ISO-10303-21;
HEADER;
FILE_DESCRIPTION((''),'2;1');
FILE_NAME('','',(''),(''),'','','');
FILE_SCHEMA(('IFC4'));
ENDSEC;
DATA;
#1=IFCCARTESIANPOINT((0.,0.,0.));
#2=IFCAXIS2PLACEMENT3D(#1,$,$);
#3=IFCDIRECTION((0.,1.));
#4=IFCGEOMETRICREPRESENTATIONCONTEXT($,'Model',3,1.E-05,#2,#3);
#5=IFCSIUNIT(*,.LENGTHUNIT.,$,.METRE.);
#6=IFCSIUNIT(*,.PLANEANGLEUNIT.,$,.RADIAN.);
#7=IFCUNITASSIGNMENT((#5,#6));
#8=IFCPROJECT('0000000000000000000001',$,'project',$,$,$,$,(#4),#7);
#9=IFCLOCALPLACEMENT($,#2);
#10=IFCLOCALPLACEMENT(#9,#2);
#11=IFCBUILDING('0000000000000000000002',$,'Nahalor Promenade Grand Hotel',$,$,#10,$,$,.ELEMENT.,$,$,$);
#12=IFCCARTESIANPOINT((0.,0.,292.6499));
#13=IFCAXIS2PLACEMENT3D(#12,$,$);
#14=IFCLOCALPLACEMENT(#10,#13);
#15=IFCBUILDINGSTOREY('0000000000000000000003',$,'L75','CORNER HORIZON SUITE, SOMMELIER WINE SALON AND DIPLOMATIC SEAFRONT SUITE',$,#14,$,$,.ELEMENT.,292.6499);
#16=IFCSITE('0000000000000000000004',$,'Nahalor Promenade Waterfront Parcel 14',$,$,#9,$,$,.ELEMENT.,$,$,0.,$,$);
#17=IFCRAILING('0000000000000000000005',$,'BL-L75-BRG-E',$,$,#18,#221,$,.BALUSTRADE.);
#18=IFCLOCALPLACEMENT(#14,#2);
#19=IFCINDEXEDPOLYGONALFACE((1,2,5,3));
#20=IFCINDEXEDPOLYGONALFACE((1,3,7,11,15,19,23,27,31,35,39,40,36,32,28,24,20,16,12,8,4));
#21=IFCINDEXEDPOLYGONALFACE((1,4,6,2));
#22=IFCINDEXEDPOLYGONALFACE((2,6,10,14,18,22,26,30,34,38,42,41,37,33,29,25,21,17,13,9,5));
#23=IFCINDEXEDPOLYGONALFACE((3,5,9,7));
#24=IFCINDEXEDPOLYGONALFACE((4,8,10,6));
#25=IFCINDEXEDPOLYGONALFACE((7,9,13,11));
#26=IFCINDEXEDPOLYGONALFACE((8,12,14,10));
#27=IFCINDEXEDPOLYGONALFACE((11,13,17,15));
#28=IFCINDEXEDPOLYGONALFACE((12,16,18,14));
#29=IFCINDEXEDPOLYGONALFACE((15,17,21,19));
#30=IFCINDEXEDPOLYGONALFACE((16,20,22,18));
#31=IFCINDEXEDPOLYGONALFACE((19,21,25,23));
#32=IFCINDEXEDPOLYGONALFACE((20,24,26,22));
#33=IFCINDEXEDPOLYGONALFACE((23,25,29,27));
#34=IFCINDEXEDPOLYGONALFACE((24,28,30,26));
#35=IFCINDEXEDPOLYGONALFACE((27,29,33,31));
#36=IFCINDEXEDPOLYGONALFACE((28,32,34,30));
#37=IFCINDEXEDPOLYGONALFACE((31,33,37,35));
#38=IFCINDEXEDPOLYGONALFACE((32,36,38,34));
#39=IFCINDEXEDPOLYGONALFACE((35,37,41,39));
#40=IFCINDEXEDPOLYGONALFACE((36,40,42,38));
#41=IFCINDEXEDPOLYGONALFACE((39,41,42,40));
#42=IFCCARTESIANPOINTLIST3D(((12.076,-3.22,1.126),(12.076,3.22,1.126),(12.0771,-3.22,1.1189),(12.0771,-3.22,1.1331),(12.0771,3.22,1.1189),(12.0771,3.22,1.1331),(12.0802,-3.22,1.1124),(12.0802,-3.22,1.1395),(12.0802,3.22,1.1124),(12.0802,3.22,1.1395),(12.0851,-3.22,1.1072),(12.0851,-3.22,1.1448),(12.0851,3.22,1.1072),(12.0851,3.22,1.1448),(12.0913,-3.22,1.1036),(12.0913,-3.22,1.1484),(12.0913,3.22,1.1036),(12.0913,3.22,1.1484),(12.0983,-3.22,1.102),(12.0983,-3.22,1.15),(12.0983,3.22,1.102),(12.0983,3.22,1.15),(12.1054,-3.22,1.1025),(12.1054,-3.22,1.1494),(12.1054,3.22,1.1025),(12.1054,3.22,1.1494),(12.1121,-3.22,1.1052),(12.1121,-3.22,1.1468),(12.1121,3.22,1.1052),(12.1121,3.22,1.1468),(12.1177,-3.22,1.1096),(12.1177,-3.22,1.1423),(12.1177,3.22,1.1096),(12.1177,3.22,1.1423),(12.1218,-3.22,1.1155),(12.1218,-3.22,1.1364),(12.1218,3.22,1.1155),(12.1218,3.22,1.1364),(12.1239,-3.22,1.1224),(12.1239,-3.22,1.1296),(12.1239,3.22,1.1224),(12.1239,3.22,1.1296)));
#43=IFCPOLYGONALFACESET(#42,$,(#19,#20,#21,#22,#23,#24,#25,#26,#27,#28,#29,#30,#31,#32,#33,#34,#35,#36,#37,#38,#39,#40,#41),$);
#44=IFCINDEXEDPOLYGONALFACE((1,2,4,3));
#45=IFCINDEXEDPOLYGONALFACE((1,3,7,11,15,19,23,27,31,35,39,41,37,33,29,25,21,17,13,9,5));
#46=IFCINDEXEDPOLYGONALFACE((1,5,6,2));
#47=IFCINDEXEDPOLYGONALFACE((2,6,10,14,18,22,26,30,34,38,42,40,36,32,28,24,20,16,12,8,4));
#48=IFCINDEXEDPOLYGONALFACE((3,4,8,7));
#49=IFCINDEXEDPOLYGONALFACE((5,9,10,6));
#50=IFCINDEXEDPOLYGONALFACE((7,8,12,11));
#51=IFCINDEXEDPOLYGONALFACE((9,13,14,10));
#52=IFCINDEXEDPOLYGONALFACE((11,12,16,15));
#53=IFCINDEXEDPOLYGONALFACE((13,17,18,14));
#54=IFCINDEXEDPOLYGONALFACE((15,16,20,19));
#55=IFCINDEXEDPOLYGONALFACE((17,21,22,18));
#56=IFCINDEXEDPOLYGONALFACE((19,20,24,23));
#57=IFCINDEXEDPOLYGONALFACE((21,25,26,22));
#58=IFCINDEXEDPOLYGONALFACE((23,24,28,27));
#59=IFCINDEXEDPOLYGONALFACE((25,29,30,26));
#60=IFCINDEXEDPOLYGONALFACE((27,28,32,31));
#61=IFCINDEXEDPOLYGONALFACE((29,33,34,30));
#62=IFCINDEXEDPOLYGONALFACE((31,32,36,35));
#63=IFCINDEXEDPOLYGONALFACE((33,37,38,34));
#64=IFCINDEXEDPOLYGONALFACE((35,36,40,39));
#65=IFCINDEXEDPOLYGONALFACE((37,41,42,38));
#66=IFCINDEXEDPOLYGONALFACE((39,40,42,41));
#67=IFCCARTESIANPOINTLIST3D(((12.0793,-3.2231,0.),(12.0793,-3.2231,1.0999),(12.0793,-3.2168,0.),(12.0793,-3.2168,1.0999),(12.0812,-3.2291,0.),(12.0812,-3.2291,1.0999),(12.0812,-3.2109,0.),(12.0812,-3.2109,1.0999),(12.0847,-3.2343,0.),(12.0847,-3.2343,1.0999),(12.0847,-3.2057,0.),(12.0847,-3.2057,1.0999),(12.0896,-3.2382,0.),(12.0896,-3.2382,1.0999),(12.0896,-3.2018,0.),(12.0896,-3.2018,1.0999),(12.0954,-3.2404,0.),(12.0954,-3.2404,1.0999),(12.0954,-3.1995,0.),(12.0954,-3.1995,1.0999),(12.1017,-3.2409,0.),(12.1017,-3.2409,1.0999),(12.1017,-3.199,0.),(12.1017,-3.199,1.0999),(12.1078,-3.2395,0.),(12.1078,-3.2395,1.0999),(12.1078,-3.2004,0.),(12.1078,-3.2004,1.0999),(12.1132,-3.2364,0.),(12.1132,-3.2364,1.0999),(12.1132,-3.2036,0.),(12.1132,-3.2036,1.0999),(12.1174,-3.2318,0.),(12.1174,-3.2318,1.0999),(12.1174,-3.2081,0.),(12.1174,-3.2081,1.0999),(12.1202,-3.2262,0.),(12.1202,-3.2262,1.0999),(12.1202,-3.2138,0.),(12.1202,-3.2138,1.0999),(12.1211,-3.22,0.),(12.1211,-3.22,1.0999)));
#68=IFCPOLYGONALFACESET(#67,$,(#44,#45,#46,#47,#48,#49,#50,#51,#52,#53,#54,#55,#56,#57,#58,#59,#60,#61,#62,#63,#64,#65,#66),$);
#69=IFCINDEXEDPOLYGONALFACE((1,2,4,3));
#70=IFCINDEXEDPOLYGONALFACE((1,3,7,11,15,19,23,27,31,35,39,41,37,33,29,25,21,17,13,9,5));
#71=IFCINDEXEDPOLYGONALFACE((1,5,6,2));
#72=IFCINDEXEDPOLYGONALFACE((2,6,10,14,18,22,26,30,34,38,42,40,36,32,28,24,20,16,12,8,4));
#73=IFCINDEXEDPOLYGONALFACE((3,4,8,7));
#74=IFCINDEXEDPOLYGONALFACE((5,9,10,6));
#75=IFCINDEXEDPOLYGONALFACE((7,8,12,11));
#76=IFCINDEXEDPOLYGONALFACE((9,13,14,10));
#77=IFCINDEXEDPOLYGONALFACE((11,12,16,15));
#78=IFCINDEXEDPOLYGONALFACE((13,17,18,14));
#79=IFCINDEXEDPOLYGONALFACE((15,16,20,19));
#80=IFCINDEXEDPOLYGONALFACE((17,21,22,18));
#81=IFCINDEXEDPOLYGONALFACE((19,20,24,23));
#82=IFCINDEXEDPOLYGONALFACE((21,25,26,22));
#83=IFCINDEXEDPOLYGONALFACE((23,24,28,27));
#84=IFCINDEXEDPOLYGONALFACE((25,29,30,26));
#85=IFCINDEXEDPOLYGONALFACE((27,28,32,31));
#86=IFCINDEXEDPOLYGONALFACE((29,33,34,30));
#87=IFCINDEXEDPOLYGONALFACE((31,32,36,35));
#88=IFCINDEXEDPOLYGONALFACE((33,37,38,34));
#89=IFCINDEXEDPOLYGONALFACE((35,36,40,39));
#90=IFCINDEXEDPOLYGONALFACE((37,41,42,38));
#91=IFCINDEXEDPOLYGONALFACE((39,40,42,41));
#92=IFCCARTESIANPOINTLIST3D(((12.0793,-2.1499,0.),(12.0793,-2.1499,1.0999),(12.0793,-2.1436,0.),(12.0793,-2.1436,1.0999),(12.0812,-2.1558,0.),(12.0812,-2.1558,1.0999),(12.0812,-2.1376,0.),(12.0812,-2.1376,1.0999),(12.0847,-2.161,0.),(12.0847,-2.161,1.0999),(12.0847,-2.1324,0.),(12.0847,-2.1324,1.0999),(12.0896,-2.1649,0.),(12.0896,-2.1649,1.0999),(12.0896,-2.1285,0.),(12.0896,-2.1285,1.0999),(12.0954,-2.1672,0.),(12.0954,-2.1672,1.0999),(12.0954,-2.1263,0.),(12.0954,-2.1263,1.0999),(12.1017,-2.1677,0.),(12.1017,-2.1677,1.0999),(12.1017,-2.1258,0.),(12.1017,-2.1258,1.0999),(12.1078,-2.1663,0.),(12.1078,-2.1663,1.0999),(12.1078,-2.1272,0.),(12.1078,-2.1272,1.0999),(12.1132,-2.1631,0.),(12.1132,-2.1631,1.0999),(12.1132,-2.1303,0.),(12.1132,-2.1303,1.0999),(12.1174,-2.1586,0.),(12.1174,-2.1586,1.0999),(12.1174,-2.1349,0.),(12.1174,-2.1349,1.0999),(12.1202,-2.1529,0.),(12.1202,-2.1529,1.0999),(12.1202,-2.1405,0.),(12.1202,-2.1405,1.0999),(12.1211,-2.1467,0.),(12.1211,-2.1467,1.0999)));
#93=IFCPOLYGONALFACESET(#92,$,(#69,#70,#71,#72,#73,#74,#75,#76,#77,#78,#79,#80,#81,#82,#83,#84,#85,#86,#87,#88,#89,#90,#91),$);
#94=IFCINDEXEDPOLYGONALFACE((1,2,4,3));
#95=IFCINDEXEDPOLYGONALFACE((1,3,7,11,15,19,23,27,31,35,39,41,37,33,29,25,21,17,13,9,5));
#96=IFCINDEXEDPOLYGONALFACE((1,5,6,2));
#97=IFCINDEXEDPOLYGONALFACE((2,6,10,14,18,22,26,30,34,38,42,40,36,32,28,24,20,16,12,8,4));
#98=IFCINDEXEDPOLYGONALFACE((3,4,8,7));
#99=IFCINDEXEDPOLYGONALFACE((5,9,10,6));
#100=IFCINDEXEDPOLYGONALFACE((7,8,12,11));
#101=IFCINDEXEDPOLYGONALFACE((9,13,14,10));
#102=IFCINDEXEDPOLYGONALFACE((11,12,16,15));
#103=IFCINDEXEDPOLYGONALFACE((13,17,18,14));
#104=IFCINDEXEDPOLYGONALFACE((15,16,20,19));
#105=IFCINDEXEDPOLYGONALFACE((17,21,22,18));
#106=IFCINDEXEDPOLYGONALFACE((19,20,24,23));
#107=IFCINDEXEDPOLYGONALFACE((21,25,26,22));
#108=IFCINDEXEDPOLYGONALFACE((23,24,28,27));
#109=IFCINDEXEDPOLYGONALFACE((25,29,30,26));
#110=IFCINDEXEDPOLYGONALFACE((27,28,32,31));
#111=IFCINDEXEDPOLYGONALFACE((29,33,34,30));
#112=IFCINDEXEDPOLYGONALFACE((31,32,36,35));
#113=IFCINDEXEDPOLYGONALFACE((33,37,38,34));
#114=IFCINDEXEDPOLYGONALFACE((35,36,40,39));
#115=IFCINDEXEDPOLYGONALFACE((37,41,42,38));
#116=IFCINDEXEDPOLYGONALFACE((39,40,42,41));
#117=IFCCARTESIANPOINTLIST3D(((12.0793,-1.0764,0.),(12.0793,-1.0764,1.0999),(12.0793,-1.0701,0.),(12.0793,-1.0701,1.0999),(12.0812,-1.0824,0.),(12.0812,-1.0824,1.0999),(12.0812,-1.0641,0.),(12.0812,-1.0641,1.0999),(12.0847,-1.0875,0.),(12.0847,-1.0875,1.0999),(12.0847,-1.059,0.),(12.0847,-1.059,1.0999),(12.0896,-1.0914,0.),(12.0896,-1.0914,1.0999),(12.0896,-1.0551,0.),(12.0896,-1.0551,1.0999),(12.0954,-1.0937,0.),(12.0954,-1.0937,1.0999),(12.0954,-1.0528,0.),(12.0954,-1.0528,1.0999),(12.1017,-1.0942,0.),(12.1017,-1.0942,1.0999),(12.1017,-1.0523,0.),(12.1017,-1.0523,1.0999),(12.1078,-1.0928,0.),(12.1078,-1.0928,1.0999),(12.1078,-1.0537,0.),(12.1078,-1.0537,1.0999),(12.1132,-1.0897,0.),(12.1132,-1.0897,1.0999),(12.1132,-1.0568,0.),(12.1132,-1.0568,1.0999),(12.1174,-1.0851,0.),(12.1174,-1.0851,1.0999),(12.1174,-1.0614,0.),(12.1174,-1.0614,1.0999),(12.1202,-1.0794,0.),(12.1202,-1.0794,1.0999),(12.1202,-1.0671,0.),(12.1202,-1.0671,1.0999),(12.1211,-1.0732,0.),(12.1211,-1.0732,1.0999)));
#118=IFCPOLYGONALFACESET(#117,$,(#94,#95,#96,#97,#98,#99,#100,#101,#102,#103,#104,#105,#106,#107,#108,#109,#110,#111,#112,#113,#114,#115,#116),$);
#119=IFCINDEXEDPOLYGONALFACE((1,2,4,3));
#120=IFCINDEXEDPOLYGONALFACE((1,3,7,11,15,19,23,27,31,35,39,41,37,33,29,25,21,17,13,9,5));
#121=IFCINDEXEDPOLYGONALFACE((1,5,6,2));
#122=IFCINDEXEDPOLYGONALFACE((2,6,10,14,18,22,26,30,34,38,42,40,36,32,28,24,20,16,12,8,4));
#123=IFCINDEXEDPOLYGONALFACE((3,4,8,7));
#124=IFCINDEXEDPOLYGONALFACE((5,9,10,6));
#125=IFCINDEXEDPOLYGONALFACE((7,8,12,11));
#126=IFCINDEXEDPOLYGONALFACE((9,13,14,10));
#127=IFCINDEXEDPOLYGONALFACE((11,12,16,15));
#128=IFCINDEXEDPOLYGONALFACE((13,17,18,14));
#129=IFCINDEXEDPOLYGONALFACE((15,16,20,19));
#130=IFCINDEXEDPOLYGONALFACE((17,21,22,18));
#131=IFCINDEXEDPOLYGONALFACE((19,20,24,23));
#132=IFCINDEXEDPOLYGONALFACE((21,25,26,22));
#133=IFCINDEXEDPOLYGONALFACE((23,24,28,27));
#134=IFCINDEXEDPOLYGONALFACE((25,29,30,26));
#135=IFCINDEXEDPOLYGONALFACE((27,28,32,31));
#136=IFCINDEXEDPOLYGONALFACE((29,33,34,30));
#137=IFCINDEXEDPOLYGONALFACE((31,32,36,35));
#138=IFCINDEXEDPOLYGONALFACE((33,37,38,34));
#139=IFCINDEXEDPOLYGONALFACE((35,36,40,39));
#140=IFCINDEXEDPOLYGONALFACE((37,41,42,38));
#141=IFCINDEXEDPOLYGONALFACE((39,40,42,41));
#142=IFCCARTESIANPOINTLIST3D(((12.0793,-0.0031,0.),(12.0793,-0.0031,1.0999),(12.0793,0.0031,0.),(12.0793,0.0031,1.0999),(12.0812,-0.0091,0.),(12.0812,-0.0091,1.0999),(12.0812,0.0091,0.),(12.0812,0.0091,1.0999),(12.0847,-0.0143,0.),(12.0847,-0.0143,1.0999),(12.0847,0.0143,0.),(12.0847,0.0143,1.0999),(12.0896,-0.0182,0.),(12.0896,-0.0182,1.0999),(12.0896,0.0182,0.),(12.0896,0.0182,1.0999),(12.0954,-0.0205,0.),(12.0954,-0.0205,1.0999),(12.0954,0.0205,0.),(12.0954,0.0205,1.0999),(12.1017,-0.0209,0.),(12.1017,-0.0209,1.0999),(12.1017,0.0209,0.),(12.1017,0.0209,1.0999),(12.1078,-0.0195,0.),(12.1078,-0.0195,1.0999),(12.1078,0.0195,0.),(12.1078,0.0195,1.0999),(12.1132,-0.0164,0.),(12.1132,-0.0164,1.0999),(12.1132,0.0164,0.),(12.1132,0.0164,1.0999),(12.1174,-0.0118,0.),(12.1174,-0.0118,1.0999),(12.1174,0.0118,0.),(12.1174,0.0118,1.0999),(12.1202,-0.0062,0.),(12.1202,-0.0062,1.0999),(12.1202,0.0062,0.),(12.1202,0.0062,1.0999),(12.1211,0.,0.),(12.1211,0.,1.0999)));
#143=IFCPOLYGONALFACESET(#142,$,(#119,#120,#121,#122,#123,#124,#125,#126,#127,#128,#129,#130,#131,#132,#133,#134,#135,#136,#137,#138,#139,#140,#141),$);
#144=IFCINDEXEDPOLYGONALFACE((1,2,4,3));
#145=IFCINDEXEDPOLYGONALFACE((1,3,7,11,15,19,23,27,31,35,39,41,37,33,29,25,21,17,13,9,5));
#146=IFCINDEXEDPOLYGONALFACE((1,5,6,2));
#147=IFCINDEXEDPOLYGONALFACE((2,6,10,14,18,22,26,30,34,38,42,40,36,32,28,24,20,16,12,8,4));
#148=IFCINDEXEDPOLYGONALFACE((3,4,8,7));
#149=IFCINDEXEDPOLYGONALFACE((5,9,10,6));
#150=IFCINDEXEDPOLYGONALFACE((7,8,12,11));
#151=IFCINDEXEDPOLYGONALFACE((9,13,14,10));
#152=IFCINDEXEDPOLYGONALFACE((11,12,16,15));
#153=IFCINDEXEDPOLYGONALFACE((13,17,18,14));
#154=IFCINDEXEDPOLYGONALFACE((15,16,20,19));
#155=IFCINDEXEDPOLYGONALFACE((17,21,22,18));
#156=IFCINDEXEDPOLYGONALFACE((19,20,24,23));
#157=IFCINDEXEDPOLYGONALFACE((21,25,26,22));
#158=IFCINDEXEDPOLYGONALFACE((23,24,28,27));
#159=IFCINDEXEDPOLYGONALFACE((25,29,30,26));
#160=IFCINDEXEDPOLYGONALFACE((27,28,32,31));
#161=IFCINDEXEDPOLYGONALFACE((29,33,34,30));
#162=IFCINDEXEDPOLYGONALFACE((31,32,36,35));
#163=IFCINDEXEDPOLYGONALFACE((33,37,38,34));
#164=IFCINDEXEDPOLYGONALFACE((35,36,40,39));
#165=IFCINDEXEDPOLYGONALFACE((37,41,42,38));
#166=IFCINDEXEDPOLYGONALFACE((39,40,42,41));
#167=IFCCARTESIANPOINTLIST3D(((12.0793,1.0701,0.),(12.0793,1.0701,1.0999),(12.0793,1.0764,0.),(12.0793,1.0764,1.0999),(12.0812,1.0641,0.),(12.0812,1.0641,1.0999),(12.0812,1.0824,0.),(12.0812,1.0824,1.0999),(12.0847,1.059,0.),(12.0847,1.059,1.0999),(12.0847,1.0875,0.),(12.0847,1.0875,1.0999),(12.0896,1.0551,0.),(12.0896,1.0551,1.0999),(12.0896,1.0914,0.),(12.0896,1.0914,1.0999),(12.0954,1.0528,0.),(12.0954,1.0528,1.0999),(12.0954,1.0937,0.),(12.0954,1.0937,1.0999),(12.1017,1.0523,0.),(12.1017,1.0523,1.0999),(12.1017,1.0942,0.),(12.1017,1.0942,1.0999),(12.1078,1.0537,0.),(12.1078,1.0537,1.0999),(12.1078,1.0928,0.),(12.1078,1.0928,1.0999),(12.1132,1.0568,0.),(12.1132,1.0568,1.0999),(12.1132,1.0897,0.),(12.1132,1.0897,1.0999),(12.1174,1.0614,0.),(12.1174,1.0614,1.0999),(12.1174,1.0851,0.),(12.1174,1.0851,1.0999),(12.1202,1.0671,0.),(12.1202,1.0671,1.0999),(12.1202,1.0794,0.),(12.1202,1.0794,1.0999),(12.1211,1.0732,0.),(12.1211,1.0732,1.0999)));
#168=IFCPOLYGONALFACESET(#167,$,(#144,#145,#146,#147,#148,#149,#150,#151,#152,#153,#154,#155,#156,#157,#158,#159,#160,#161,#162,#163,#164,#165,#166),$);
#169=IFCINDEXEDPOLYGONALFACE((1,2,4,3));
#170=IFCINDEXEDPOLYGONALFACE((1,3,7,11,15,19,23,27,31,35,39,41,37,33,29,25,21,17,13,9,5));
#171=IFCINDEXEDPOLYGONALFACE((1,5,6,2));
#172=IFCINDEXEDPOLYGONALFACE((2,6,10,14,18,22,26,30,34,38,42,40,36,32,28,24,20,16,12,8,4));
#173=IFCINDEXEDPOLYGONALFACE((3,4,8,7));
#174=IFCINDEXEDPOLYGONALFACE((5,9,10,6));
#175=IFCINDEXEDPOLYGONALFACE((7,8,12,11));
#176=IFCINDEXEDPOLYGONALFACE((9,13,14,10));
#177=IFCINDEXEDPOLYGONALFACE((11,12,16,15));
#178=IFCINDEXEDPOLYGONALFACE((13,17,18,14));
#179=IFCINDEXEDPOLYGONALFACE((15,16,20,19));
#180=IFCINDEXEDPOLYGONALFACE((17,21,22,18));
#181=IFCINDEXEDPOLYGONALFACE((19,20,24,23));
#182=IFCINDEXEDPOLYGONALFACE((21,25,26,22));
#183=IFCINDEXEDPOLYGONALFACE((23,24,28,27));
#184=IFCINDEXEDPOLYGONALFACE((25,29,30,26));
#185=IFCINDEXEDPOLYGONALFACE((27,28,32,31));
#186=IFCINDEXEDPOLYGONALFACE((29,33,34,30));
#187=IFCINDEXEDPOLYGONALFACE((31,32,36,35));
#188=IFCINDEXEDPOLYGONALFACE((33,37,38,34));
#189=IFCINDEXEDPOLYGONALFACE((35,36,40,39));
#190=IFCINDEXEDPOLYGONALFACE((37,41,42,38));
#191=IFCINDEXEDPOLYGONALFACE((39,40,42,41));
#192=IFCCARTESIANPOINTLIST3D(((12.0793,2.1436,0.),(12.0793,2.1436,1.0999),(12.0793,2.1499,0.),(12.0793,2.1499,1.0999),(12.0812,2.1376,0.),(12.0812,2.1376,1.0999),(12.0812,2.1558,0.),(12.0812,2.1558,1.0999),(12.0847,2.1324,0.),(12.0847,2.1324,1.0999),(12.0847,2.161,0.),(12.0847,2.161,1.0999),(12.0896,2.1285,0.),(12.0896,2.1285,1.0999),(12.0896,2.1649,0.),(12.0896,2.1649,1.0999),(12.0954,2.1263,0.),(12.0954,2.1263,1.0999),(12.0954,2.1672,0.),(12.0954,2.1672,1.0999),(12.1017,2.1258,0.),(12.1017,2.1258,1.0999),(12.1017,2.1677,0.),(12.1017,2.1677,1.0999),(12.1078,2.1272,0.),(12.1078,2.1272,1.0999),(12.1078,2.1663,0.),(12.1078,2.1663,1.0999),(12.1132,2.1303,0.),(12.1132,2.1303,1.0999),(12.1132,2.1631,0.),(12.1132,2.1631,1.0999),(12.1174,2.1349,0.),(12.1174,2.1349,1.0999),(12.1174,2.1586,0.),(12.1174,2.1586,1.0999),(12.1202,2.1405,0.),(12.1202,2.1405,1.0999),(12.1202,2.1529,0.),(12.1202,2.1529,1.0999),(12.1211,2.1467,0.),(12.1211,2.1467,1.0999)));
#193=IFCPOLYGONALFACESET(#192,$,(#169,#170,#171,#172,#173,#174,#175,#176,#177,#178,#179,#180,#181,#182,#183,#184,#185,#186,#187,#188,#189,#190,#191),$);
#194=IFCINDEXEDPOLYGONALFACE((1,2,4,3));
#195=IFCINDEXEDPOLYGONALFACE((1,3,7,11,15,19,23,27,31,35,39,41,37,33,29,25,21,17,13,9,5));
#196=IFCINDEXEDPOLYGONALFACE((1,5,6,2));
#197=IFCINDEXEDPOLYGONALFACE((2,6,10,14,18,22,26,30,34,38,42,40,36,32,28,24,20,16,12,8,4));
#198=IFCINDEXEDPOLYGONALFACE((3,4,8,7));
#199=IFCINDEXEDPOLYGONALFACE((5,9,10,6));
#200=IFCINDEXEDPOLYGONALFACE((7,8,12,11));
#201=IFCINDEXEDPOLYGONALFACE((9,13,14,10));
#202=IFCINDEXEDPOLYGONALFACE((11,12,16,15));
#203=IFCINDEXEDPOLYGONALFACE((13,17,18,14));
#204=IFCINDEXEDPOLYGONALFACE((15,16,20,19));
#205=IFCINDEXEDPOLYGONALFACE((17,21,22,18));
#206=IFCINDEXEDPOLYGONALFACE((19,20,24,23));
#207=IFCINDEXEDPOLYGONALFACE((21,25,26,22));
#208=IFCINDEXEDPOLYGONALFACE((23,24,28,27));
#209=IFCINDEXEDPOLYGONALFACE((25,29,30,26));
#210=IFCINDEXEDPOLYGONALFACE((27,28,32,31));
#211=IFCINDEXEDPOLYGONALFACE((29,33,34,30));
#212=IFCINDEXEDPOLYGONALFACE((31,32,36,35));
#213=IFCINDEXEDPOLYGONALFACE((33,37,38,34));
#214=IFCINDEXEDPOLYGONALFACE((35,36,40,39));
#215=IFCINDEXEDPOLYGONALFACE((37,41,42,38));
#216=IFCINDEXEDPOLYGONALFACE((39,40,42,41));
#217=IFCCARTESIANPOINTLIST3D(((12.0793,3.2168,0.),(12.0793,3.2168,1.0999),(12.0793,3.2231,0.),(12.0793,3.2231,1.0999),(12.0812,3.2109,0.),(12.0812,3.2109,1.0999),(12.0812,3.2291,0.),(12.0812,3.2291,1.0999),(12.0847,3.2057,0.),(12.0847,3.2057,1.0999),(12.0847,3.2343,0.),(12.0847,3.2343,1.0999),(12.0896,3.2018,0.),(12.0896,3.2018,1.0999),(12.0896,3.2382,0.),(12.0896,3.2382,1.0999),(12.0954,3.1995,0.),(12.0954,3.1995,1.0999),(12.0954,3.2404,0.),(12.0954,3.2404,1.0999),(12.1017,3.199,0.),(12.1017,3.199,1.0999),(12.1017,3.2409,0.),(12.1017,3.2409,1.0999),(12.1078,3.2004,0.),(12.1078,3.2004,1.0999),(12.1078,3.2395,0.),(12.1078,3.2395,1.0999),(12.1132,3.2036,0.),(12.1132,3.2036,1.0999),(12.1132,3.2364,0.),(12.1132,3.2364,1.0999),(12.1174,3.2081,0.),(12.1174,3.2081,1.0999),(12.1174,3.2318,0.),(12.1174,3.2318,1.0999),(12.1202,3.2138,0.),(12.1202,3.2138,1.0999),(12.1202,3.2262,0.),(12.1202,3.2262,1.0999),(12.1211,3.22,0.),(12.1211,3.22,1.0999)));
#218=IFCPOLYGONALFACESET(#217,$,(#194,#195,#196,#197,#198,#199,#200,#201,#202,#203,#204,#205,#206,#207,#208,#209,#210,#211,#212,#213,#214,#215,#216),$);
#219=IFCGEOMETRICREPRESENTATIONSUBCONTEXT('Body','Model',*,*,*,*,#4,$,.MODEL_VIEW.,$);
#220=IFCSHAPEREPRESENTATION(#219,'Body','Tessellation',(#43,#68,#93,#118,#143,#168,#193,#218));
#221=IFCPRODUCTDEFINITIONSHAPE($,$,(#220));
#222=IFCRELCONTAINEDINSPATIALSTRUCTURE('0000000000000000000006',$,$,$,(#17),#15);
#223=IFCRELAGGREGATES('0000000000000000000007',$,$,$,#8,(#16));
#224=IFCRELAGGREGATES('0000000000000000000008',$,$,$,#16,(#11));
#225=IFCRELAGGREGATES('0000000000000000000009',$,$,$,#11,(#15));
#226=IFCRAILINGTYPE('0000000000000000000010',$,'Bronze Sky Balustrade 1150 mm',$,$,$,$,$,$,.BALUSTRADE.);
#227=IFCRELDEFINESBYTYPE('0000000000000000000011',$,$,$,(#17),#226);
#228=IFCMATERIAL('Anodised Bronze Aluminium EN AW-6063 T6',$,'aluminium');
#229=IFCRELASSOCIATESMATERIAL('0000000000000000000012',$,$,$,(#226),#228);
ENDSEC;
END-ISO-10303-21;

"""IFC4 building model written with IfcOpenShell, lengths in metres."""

from ifc_helpers import new_model, si_unit, direction, frame, origin, origin_2d, place, context, subcontext, project, spatial, circle, extrude, material, type_object, element, save


model = new_model("IFC4")

# Units and contexts
model_context = context("Model", 3, precision=1e-05, world=origin(), true_north=direction((0.0, 1.0)))
body_context = subcontext(model_context, "Body", "Model", "MODEL_VIEW")
ifc_project = project(units=[si_unit("LENGTHUNIT", "METRE"), si_unit("PLANEANGLEUNIT", "RADIAN")], contexts=[model_context])

# Site, building, storey
site_placement = place(None, origin())
site = spatial("IfcSite", under=ifc_project, at=site_placement, Name="Nahalor Promenade Waterfront Parcel 14", CompositionType="ELEMENT", RefElevation=0.0)
building_placement = place(site_placement, origin())
building = spatial("IfcBuilding", under=site, at=building_placement, Name="Nahalor Promenade Grand Hotel", CompositionType="ELEMENT")
storey_placement = place(building_placement, frame((0.0, 0.0, 292.6499)))
storey = spatial("IfcBuildingStorey", under=building, at=storey_placement, Name="L75", Description="CORNER HORIZON SUITE, SOMMELIER WINE SALON AND DIPLOMATIC SEAFRONT SUITE", CompositionType="ELEMENT", Elevation=292.6499)

# Shared definitions
ifc_material_1 = material(Name="Anodised Bronze Aluminium EN AW-6063 T6", Category="aluminium")

# Railing
railing_type_1 = type_object("IfcRailingType", Name="Bronze Sky Balustrade 1150 mm", PredefinedType="BALUSTRADE", material=ifc_material_1)
railing_1_placement = place(storey_placement, frame((12.1001, -3.22, 0.0)))
element("IfcRailing", 1, at=railing_1_placement, inside=storey, type_object=railing_type_1, Name="BL-L75-BRG-E", PredefinedType="BALUSTRADE", context=body_context, shape_type="SweptSolid", body=[
    extrude(circle(Radius=0.024, at=origin_2d()), frame((0.0, 0.0, 1.126), z_axis=(0.0, 1.0, 0.0), x_axis=(-1.0, 0.0, 0.0)), (0.0, 0.0, 1.0), 6.4399),
    extrude(circle(Radius=0.021, at=origin_2d()), origin(), (0.0, 0.0, 1.0), 1.0999),
    extrude(circle(Radius=0.021, at=origin_2d()), frame((0.0, 1.0732, 0.0)), (0.0, 0.0, 1.0), 1.0999),
    extrude(circle(Radius=0.021, at=origin_2d()), frame((0.0, 2.1467, 0.0)), (0.0, 0.0, 1.0), 1.0999),
    extrude(circle(Radius=0.021, at=origin_2d()), frame((0.0, 3.22, 0.0)), (0.0, 0.0, 1.0), 1.0999),
    extrude(circle(Radius=0.021, at=origin_2d()), frame((0.0, 4.2932, 0.0)), (0.0, 0.0, 1.0), 1.0999),
    extrude(circle(Radius=0.021, at=origin_2d()), frame((0.0, 5.3667, 0.0)), (0.0, 0.0, 1.0), 1.0999),
    extrude(circle(Radius=0.021, at=origin_2d()), frame((0.0, 6.4399, 0.0)), (0.0, 0.0, 1.0), 1.0999),
])

save(model, "model.ifc")
